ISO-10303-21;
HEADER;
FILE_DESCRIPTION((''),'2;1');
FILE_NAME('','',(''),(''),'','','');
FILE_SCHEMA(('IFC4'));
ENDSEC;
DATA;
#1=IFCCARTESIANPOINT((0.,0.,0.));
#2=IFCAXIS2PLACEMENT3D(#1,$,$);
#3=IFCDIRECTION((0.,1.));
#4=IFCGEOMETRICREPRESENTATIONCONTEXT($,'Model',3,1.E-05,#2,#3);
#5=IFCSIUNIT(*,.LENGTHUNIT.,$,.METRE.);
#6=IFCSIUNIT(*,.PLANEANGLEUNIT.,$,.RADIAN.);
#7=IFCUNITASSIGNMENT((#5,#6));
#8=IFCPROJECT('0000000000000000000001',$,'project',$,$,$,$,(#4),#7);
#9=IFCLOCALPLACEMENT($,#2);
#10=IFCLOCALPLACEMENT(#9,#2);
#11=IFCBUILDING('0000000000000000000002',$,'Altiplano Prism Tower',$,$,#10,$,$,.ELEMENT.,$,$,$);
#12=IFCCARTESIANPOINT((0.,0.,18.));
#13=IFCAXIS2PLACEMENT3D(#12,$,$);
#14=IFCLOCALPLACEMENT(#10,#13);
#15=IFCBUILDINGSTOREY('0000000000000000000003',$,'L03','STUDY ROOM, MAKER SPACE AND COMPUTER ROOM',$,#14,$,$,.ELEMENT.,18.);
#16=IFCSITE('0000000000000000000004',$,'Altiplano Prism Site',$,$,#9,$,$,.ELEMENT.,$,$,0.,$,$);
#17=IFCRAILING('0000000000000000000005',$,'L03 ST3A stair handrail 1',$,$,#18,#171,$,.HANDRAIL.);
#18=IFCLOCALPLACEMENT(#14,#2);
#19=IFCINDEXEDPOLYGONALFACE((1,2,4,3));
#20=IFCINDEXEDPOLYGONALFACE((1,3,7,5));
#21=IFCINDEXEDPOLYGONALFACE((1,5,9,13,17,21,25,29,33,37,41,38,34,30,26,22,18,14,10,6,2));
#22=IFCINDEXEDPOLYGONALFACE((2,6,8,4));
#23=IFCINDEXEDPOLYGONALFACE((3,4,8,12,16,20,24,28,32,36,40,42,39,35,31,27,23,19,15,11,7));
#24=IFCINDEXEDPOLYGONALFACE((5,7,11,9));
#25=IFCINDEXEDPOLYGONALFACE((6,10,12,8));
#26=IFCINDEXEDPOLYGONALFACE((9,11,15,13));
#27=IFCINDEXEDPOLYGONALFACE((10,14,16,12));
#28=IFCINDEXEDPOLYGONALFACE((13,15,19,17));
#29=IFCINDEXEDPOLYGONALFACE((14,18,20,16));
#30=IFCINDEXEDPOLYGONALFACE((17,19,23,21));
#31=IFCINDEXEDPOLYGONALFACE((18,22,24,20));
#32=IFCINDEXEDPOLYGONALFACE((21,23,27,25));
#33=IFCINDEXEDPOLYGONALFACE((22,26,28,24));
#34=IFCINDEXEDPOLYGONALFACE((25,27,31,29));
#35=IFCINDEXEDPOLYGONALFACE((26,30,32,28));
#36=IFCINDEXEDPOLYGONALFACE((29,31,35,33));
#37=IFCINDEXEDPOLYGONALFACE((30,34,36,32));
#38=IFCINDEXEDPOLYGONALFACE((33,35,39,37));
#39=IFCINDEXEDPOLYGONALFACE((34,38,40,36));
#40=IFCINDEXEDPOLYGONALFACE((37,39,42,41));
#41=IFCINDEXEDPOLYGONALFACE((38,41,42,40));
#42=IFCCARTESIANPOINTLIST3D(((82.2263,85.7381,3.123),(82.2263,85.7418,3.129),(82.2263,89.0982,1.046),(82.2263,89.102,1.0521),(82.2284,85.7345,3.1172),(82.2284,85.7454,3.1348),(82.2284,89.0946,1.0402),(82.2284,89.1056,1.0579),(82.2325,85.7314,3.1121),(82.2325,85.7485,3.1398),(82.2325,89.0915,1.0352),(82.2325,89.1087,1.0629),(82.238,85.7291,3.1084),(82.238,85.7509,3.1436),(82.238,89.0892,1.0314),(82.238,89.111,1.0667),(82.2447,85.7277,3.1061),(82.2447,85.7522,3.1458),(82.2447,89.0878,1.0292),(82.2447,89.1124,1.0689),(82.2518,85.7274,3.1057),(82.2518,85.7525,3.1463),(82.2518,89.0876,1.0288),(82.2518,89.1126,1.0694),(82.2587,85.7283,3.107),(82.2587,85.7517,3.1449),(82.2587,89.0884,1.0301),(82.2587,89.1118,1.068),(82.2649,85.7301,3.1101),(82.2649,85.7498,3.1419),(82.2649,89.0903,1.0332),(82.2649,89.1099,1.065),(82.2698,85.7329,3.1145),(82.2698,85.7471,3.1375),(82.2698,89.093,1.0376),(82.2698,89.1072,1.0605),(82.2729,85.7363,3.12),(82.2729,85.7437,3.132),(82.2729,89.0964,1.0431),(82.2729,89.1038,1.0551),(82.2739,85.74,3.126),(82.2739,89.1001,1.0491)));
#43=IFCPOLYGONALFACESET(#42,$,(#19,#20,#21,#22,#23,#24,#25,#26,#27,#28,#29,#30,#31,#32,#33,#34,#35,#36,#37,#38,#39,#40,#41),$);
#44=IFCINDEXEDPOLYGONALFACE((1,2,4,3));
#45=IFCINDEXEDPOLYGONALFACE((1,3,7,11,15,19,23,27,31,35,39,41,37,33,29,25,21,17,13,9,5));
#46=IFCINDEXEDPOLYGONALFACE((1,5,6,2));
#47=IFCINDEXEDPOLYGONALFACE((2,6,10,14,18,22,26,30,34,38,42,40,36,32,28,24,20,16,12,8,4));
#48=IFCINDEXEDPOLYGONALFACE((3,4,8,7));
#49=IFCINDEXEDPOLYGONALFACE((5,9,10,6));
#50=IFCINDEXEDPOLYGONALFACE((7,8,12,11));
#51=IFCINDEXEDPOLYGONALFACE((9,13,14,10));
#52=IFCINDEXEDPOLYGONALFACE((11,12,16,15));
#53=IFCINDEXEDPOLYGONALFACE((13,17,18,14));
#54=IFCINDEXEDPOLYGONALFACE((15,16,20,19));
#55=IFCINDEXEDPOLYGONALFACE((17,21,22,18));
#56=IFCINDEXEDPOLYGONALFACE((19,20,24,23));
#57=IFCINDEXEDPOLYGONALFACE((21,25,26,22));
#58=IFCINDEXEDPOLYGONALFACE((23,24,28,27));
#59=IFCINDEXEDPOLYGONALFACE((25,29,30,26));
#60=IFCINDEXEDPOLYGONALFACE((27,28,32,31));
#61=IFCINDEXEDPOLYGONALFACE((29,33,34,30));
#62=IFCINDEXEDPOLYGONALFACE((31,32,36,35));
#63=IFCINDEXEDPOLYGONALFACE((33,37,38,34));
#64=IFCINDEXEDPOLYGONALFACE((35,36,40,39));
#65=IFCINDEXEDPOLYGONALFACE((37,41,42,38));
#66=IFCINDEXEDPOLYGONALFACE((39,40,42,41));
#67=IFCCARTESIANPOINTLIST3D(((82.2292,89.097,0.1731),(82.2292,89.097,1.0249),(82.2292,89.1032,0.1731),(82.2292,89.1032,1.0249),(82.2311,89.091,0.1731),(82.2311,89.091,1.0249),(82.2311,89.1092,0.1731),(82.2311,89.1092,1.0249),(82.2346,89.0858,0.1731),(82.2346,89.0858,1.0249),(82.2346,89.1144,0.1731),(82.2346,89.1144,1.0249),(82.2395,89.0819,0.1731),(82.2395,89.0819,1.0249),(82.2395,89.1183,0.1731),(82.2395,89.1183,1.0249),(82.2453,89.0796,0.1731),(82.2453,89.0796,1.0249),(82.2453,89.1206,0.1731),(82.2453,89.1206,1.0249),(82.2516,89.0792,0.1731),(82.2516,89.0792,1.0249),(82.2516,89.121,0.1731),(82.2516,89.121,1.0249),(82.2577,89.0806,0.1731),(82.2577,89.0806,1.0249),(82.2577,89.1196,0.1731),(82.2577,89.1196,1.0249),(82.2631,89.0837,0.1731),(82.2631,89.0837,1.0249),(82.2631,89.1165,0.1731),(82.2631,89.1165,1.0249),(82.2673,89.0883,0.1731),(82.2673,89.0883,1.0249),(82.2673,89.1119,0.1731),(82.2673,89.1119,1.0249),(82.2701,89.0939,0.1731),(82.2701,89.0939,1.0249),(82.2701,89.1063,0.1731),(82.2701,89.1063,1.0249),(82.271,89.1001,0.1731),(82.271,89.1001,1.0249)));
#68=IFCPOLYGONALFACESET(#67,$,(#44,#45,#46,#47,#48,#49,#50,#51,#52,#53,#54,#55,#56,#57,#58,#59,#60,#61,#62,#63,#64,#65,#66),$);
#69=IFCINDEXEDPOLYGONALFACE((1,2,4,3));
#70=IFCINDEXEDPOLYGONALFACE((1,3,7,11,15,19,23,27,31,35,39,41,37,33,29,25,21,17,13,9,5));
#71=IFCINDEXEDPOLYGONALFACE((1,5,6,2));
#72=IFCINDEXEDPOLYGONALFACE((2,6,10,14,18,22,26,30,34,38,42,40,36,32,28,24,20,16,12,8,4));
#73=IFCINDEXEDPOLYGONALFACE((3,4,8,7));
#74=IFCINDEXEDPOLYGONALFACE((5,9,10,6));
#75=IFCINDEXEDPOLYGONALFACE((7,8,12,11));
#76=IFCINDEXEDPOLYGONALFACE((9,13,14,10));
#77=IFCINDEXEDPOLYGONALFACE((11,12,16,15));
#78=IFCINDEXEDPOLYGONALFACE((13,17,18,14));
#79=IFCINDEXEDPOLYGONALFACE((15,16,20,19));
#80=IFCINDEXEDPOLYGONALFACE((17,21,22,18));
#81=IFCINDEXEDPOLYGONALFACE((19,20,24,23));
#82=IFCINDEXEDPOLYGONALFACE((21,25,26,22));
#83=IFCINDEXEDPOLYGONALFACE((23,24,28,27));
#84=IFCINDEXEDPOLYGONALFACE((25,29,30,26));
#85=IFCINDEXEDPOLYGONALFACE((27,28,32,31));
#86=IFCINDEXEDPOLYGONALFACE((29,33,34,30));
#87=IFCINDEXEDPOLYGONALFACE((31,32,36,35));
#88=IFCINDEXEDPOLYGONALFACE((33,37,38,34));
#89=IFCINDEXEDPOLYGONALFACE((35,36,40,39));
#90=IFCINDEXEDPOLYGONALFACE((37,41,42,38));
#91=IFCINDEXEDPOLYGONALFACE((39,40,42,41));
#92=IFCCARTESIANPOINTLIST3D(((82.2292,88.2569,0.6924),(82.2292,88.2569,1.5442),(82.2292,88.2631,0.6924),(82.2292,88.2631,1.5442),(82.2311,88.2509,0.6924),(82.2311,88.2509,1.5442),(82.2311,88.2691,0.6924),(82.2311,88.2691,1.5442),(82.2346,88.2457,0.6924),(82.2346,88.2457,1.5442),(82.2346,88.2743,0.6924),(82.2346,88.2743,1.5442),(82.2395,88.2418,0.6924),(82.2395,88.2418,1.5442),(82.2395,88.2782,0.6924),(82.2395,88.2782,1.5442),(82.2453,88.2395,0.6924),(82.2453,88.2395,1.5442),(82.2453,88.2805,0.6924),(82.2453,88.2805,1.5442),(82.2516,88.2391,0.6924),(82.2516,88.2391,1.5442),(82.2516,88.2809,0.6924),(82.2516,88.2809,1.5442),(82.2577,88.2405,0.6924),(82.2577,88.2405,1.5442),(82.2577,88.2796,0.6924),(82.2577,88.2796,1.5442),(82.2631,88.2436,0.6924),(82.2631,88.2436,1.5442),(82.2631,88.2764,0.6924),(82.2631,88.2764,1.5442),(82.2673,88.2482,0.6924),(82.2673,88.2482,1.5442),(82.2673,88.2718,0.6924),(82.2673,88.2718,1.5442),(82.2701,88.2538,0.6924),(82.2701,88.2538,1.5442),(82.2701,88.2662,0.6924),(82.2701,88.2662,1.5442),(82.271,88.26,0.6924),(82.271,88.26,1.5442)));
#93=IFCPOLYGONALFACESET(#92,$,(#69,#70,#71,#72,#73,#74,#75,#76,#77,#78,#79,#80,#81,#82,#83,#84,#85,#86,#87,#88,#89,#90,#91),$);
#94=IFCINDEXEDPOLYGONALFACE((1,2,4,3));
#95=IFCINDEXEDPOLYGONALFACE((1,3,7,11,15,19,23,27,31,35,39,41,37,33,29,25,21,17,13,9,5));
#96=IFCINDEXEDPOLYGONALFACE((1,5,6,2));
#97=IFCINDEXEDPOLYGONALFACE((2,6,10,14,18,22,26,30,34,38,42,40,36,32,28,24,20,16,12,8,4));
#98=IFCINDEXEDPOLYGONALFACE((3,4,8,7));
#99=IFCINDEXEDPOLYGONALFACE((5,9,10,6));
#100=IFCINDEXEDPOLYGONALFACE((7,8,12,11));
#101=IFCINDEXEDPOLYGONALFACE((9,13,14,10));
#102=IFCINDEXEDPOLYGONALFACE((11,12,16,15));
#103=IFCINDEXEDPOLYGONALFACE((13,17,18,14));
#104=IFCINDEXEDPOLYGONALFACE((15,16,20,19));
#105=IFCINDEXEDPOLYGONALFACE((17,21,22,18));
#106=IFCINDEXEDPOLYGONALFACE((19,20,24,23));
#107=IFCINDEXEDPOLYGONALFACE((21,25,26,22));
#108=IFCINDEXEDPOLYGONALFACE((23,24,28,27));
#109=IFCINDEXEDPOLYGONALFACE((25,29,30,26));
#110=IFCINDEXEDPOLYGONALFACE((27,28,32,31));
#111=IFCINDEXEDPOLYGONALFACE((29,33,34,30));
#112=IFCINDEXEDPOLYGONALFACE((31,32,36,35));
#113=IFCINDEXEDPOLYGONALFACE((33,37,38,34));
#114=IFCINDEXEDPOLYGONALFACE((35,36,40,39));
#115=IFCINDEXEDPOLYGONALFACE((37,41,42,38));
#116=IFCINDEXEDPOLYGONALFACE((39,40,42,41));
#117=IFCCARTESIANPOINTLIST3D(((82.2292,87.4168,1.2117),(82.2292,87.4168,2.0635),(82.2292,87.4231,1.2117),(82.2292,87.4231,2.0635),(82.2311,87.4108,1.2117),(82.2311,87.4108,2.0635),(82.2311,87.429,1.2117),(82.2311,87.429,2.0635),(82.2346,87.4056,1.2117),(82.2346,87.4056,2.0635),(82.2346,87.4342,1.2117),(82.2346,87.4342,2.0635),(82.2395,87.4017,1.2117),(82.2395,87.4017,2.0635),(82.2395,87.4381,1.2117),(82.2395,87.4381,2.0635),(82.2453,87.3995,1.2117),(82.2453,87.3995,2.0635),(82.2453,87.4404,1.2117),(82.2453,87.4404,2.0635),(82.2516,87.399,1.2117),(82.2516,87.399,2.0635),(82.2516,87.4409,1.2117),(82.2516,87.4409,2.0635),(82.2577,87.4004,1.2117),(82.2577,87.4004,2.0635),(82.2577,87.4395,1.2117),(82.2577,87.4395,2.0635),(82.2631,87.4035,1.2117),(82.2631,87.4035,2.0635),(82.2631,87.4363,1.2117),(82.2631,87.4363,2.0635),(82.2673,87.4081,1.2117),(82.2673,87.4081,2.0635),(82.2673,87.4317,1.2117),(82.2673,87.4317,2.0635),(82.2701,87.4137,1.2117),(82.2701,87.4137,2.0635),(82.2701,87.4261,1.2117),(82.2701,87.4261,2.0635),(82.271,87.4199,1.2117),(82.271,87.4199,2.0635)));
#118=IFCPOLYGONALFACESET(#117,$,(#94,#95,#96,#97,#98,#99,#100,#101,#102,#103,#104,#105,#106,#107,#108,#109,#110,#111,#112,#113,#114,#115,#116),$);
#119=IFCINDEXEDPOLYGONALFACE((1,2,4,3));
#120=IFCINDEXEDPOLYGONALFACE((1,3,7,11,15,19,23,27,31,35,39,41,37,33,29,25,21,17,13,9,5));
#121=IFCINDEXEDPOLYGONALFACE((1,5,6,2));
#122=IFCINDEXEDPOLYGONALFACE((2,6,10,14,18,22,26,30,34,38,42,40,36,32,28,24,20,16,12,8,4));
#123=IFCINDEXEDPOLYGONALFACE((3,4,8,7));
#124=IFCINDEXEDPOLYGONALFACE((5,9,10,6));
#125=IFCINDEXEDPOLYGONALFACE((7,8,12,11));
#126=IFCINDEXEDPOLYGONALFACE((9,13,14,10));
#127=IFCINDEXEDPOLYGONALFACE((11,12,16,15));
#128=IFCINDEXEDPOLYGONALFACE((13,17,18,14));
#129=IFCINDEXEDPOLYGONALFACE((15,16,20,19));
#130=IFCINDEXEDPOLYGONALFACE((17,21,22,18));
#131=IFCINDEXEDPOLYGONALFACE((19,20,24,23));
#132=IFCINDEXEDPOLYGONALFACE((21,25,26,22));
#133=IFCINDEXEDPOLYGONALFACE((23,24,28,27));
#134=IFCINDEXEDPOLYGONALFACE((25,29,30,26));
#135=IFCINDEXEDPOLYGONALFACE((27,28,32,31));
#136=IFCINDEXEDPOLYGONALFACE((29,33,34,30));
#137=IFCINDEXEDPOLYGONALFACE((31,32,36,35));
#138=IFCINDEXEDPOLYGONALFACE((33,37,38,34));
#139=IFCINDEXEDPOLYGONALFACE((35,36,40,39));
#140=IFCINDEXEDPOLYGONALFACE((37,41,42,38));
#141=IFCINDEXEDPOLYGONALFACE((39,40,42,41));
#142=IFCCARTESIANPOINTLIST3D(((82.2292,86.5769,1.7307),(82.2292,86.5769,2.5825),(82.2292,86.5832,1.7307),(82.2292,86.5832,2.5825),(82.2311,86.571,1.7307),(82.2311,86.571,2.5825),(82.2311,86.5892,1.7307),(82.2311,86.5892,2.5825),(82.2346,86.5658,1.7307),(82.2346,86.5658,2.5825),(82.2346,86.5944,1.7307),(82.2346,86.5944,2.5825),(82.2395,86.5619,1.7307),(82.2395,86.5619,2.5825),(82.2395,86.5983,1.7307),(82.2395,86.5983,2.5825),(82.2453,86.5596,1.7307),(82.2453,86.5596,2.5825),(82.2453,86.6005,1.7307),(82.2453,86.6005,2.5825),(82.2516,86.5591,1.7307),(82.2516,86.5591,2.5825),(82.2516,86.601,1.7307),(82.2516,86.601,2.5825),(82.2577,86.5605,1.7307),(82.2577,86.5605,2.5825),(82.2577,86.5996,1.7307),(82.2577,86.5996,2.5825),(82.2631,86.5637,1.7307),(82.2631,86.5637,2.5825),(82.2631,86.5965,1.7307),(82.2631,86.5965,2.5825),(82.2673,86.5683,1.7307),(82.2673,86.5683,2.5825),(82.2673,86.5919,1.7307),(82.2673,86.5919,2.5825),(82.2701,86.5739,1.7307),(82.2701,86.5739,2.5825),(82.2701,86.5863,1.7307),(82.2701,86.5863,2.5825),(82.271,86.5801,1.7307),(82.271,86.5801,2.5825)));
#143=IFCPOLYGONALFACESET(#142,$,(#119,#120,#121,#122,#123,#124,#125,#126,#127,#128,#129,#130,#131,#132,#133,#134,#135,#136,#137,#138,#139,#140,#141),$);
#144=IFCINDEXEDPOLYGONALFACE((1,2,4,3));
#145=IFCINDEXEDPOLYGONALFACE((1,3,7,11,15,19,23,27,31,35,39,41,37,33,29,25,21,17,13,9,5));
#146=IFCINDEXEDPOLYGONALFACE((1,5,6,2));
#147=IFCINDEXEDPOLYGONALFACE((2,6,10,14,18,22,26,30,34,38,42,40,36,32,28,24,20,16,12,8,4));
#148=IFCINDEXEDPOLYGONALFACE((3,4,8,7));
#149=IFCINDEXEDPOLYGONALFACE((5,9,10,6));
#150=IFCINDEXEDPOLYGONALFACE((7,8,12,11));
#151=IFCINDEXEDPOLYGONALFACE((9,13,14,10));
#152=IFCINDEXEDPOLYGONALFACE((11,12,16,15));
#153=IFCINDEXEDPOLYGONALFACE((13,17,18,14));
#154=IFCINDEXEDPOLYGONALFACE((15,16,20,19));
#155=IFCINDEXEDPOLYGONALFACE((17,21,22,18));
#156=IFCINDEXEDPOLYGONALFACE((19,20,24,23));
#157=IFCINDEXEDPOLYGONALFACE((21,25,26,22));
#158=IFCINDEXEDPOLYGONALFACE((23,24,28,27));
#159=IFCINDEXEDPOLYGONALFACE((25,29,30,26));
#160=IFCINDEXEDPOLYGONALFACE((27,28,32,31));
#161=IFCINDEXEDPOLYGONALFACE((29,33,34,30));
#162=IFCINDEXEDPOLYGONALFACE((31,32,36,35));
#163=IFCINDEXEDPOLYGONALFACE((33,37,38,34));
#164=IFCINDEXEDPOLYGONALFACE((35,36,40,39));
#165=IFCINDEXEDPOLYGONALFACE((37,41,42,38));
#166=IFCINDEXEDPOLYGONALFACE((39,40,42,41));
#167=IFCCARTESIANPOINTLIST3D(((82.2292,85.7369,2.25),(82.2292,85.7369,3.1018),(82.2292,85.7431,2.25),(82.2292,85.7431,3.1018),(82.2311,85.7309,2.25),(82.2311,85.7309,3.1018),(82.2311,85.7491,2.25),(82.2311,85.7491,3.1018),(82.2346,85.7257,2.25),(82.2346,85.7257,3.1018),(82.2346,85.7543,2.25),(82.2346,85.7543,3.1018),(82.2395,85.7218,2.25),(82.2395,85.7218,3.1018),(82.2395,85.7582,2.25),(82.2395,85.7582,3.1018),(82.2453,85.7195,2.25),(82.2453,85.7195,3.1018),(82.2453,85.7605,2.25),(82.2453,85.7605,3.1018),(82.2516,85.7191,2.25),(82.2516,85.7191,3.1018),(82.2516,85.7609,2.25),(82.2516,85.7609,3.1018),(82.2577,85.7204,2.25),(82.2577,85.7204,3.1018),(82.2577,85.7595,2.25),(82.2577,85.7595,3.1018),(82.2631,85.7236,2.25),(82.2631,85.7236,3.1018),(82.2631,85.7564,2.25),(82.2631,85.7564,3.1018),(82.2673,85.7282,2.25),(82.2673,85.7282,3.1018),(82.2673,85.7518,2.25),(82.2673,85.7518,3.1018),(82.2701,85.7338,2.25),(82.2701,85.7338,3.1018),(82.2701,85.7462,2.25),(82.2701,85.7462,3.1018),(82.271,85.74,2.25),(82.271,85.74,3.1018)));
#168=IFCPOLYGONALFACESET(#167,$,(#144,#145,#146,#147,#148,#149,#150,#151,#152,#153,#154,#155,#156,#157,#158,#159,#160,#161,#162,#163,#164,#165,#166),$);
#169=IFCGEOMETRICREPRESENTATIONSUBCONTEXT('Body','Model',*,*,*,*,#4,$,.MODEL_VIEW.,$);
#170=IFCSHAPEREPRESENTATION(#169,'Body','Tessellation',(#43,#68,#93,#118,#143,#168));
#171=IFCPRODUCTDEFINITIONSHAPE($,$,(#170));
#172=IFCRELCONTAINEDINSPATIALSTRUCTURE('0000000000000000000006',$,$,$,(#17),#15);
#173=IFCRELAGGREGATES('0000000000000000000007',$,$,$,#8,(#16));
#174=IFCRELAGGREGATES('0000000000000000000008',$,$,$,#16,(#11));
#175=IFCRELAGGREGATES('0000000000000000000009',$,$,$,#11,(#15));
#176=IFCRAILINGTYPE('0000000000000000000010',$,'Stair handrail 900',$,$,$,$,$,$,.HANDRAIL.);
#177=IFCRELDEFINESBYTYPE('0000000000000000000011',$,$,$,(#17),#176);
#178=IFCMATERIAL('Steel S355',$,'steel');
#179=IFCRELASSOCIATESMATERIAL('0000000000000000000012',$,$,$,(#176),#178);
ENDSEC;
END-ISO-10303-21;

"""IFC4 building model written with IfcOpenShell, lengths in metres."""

from ifc_helpers import new_model, si_unit, direction, frame, origin, origin_2d, place, context, subcontext, project, spatial, circle, extrude, material, type_object, element, save


model = new_model("IFC4")

# Units and contexts
model_context = context("Model", 3, precision=1e-05, world=origin(), true_north=direction((0.0, 1.0)))
body_context = subcontext(model_context, "Body", "Model", "MODEL_VIEW")
ifc_project = project(units=[si_unit("LENGTHUNIT", "METRE"), si_unit("PLANEANGLEUNIT", "RADIAN")], contexts=[model_context])

# Site, building, storey
site_placement = place(None, origin())
site = spatial("IfcSite", under=ifc_project, at=site_placement, Name="Altiplano Prism Site", CompositionType="ELEMENT", RefElevation=0.0)
building_placement = place(site_placement, origin())
building = spatial("IfcBuilding", under=site, at=building_placement, Name="Altiplano Prism Tower", CompositionType="ELEMENT")
storey_placement = place(building_placement, frame((0.0, 0.0, 18.0)))
storey = spatial("IfcBuildingStorey", under=building, at=storey_placement, Name="L03", Description="STUDY ROOM, MAKER SPACE AND COMPUTER ROOM", CompositionType="ELEMENT", Elevation=18.0)

# Railing
ifc_material_1 = material(Name="Steel S355", Category="steel")
railing_type = type_object("IfcRailingType", Name="Stair handrail 900", PredefinedType="HANDRAIL", material=ifc_material_1)
railing_placement = place(storey_placement, frame((82.25, 89.1001, 0.1731)))
element("IfcRailing", 1, at=railing_placement, inside=storey, type_object=railing_type, Name="L03 ST3A stair handrail 1", PredefinedType="HANDRAIL", context=body_context, shape_type="SweptSolid", body=[
    extrude(circle(Radius=0.0239, at=origin_2d()), frame((0.0, 0.0, 0.876), z_axis=(0.0, -0.850623, 0.525776), x_axis=(1.0, 0.0, 0.0)), (0.0, 0.0, 1.0), 3.9502),
    extrude(circle(Radius=0.021, at=origin_2d()), origin(), (0.0, 0.0, 1.0), 0.8518),
    extrude(circle(Radius=0.021, at=origin_2d()), frame((0.0, -0.8401, 0.5193)), (0.0, 0.0, 1.0), 0.8518),
    extrude(circle(Radius=0.021, at=origin_2d()), frame((0.0, -1.6802, 1.0386)), (0.0, 0.0, 1.0), 0.8518),
    extrude(circle(Radius=0.021, at=origin_2d()), frame((0.0, -2.52, 1.5576)), (0.0, 0.0, 1.0), 0.8518),
    extrude(circle(Radius=0.021, at=origin_2d()), frame((0.0, -3.3601, 2.0769)), (0.0, 0.0, 1.0), 0.8518),
])

save(model, "model.ifc")
